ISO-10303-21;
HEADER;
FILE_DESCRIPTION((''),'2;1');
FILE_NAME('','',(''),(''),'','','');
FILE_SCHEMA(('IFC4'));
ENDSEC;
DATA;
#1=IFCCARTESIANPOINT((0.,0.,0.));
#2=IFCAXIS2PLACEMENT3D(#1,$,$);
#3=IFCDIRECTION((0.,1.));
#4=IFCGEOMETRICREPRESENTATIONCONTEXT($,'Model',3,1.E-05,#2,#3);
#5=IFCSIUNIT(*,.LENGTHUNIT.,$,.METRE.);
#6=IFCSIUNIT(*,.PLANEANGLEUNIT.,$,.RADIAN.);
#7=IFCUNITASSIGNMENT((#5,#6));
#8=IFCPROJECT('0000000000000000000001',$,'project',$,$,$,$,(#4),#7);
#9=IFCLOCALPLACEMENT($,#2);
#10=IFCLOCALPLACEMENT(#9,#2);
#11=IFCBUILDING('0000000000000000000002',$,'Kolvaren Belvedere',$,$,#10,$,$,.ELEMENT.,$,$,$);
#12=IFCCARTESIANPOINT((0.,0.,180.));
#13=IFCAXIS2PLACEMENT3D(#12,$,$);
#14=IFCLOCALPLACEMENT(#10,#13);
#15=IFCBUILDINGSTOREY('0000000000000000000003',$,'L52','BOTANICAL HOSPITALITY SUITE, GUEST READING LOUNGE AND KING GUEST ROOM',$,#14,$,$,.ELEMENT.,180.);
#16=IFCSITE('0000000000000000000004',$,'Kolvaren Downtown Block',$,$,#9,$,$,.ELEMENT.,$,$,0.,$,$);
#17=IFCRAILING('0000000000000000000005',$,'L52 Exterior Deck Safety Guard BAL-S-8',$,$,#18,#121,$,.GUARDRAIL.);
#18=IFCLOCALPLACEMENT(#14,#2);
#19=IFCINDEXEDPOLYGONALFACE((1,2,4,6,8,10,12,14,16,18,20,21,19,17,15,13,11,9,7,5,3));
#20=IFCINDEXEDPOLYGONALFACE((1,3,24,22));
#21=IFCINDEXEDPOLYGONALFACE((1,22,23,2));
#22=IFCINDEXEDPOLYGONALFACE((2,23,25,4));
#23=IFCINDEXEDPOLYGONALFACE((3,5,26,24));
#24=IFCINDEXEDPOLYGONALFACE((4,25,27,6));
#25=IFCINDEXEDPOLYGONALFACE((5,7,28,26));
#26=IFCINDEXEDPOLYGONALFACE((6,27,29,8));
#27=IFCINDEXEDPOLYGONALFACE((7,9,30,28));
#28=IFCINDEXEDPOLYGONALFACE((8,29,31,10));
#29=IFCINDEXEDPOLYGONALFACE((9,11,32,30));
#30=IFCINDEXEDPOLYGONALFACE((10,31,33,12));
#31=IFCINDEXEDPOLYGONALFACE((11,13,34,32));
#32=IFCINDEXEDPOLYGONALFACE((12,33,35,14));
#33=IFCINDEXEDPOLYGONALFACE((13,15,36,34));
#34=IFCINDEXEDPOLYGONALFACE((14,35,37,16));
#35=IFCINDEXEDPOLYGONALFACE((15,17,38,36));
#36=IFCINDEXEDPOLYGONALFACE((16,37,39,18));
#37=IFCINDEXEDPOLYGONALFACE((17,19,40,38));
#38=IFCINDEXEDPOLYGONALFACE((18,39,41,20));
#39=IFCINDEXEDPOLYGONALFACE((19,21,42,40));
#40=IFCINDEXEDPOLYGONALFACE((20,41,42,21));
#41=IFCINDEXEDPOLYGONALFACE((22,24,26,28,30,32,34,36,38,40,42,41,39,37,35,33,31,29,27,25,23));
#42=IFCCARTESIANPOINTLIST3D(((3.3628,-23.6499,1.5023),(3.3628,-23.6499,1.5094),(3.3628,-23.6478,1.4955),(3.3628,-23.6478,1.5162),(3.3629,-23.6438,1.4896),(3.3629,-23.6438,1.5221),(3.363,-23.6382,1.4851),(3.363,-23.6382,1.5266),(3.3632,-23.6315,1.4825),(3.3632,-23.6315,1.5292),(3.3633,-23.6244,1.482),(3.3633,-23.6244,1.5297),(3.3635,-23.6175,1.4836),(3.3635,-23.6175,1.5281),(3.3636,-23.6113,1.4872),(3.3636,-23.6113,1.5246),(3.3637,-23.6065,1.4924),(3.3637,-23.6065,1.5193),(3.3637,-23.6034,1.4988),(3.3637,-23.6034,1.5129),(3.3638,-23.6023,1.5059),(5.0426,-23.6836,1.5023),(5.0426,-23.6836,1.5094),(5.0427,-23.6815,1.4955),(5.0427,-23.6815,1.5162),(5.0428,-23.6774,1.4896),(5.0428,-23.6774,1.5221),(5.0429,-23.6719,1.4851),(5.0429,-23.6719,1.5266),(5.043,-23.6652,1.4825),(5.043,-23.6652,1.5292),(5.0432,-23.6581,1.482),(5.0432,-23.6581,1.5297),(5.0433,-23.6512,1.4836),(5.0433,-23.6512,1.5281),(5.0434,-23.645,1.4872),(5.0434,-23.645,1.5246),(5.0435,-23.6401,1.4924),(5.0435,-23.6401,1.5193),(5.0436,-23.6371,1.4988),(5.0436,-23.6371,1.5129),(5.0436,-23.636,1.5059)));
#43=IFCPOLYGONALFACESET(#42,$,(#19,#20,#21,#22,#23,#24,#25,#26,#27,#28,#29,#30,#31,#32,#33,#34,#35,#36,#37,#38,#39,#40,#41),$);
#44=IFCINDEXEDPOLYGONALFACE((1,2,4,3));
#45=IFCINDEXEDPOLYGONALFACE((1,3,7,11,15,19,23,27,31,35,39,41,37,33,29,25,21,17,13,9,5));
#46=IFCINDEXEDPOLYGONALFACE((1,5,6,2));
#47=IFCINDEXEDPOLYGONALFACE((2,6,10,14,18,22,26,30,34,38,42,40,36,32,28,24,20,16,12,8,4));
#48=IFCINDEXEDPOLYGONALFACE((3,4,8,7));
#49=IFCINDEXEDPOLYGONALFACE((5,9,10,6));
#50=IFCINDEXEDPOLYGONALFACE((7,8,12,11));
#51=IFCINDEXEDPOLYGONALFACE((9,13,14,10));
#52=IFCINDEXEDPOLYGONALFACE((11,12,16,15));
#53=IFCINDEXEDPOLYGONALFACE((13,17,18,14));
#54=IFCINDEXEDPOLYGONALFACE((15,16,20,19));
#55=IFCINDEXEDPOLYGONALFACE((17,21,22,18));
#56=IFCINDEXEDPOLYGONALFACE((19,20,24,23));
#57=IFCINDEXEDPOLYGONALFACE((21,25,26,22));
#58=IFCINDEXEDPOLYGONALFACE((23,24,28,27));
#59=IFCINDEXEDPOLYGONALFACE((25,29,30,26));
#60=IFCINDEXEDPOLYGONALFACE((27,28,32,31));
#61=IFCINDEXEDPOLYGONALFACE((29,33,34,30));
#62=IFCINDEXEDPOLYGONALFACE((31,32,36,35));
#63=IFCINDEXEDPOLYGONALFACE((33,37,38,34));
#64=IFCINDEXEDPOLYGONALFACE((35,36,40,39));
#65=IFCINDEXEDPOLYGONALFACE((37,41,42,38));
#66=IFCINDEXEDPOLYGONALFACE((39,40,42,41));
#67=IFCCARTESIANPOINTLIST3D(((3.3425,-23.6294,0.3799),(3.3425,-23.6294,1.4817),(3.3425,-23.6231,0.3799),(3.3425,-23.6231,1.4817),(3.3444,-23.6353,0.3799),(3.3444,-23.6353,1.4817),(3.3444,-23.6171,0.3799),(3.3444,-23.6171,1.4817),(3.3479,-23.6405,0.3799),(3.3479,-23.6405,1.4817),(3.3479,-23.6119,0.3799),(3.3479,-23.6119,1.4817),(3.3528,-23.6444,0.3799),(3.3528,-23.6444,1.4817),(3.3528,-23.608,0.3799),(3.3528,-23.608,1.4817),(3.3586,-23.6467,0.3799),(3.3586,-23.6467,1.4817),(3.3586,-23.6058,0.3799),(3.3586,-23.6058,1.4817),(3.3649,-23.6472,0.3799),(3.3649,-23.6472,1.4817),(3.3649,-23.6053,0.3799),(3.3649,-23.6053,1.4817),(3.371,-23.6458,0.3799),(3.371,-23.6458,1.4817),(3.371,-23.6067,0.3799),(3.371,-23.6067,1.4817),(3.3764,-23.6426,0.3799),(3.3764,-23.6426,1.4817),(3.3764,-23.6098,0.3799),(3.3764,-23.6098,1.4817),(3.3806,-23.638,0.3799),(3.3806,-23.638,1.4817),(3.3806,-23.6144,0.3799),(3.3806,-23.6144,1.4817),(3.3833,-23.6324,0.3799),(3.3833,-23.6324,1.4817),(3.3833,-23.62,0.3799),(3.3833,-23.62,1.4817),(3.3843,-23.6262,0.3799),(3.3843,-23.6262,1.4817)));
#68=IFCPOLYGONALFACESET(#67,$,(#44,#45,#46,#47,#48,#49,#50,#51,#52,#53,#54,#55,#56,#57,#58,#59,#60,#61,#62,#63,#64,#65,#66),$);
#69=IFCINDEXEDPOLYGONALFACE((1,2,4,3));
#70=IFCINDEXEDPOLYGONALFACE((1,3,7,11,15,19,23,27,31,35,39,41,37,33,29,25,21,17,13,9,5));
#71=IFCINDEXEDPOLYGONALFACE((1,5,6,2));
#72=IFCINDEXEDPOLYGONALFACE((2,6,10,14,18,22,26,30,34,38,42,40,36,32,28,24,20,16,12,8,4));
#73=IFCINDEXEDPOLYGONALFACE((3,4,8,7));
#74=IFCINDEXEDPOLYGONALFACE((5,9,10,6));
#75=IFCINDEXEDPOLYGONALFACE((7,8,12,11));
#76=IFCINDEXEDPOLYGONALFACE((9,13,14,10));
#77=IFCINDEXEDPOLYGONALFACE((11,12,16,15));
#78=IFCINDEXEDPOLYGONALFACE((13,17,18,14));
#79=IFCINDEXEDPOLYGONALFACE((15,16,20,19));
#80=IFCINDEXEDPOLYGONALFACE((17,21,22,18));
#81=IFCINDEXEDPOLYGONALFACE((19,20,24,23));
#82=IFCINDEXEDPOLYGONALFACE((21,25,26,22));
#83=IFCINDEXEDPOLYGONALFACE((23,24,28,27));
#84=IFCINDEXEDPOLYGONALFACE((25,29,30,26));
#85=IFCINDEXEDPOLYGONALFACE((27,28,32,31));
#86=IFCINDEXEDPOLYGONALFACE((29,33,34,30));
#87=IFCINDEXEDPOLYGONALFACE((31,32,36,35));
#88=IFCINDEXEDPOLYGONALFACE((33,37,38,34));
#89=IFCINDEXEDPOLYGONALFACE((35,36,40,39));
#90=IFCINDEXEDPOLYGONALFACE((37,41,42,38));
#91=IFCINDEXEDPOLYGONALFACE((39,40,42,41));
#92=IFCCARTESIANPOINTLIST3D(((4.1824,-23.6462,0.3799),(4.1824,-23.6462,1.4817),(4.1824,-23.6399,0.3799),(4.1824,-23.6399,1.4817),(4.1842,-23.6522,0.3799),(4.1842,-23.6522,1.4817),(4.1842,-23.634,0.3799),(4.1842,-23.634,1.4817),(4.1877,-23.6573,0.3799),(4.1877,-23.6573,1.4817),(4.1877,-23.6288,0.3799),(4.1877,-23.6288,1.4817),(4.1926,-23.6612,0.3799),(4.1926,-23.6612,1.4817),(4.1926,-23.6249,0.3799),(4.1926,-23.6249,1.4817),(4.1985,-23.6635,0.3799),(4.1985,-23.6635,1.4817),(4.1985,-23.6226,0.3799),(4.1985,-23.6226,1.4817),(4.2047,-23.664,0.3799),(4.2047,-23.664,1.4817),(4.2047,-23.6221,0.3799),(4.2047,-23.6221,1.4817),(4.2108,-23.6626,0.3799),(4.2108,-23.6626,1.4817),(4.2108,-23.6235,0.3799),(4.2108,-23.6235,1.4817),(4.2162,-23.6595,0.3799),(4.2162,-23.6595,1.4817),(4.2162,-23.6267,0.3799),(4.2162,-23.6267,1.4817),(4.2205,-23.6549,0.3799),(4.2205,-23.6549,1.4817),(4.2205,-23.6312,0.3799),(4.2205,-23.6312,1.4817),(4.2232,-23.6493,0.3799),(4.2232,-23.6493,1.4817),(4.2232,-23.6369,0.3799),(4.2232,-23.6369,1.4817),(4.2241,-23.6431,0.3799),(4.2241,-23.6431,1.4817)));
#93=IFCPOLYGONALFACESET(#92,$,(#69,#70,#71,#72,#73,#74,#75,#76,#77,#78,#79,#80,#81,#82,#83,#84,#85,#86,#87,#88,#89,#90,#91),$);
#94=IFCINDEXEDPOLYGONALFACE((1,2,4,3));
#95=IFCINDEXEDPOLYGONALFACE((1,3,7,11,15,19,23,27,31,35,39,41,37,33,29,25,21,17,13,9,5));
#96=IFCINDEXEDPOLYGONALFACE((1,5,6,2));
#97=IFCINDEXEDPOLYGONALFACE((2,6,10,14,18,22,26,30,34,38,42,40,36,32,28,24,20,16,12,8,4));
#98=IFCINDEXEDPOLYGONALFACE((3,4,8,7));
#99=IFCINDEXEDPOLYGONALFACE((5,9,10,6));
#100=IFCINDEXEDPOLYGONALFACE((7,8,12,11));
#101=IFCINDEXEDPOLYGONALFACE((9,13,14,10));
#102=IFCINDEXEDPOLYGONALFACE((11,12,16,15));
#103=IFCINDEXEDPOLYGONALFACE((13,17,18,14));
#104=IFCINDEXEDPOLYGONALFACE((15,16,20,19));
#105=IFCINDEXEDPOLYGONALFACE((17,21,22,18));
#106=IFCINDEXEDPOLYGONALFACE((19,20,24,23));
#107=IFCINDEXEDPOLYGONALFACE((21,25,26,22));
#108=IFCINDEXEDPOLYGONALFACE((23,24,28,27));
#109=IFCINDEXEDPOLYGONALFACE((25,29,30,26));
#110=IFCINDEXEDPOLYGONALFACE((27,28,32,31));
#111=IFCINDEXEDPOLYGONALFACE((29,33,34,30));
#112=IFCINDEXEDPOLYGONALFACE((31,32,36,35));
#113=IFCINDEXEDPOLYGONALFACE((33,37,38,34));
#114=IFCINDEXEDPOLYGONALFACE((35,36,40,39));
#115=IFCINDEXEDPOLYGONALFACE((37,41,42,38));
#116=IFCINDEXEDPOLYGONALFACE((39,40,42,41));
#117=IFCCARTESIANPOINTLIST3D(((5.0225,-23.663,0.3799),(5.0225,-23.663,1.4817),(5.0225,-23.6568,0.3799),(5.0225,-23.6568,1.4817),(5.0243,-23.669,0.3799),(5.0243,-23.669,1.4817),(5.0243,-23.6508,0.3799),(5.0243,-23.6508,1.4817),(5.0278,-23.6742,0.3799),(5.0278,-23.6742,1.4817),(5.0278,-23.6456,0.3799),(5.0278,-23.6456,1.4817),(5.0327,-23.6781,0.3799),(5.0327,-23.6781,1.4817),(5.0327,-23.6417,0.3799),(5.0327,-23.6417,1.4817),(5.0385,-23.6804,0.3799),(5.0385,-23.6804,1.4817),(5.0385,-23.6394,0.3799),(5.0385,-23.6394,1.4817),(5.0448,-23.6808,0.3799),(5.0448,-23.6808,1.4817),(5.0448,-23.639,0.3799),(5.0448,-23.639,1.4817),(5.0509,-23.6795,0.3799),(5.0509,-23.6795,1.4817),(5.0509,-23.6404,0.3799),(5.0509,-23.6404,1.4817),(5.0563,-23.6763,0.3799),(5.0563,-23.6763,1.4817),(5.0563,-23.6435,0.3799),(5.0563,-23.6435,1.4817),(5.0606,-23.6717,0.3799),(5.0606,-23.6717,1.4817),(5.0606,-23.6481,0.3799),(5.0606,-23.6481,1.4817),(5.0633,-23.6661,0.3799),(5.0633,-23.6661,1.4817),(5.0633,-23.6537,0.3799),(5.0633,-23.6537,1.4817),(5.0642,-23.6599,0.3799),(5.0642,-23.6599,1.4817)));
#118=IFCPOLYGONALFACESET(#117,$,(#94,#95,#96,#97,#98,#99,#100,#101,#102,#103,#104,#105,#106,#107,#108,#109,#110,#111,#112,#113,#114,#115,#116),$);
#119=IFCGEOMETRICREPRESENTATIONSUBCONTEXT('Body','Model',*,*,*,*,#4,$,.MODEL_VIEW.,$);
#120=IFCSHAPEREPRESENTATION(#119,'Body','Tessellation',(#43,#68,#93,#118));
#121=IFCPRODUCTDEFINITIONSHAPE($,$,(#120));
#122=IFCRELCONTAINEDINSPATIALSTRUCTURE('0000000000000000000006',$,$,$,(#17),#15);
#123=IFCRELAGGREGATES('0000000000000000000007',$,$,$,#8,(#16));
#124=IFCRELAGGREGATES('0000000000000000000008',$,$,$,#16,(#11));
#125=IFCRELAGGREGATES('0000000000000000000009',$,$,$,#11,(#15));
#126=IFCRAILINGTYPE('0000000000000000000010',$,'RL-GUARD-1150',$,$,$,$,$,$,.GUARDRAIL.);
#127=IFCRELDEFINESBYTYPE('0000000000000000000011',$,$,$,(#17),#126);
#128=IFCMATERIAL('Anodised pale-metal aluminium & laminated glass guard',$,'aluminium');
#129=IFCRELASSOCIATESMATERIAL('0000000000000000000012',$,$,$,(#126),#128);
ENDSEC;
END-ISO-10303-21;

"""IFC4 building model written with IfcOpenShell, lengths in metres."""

from ifc_helpers import new_model, si_unit, direction, frame, origin, origin_2d, place, context, subcontext, project, spatial, circle, extrude, material, type_object, element, save


model = new_model("IFC4")

# Units and contexts
model_context = context("Model", 3, precision=1e-05, world=origin(), true_north=direction((0.0, 1.0)))
body_context = subcontext(model_context, "Body", "Model", "MODEL_VIEW")
ifc_project = project(units=[si_unit("LENGTHUNIT", "METRE"), si_unit("PLANEANGLEUNIT", "RADIAN")], contexts=[model_context])

# Site, building, storey
site_placement = place(None, origin())
site = spatial("IfcSite", under=ifc_project, at=site_placement, Name="Kolvaren Downtown Block", CompositionType="ELEMENT", RefElevation=0.0)
building_placement = place(site_placement, origin())
building = spatial("IfcBuilding", under=site, at=building_placement, Name="Kolvaren Belvedere", CompositionType="ELEMENT")
storey_placement = place(building_placement, frame((0.0, 0.0, 180.0)))
storey = spatial("IfcBuildingStorey", under=building, at=storey_placement, Name="L52", Description="BOTANICAL HOSPITALITY SUITE, GUEST READING LOUNGE AND KING GUEST ROOM", CompositionType="ELEMENT", Elevation=180.0)

# Railing
ifc_material_1 = material(Name="Anodised pale-metal aluminium & laminated glass guard", Category="aluminium")
railing_type = type_object("IfcRailingType", Name="RL-GUARD-1150", PredefinedType="GUARDRAIL", material=ifc_material_1)
railing_1_placement = place(storey_placement, frame((3.3633, -23.6262, 0.3799)))
element("IfcRailing", 1, at=railing_1_placement, inside=storey, type_object=railing_type, Name="L52 Exterior Deck Safety Guard BAL-S-8", PredefinedType="GUARDRAIL", context=body_context, shape_type="SweptSolid", body=[
    extrude(circle(Radius=0.0239, at=origin_2d()), frame((0.0, 0.0, 1.126), z_axis=(0.999799, -0.020051, 0.0), x_axis=(0.020051, 0.999799, 0.0)), (0.0, 0.0, 1.0), 1.6802),
    extrude(circle(Radius=0.021, at=origin_2d()), origin(), (0.0, 0.0, 1.0), 1.1018),
    extrude(circle(Radius=0.021, at=origin_2d()), frame((0.8398, -0.0168, 0.0)), (0.0, 0.0, 1.0), 1.1018),
    extrude(circle(Radius=0.021, at=origin_2d()), frame((1.6799, -0.0337, 0.0)), (0.0, 0.0, 1.0), 1.1018),
])

save(model, "model.ifc")
